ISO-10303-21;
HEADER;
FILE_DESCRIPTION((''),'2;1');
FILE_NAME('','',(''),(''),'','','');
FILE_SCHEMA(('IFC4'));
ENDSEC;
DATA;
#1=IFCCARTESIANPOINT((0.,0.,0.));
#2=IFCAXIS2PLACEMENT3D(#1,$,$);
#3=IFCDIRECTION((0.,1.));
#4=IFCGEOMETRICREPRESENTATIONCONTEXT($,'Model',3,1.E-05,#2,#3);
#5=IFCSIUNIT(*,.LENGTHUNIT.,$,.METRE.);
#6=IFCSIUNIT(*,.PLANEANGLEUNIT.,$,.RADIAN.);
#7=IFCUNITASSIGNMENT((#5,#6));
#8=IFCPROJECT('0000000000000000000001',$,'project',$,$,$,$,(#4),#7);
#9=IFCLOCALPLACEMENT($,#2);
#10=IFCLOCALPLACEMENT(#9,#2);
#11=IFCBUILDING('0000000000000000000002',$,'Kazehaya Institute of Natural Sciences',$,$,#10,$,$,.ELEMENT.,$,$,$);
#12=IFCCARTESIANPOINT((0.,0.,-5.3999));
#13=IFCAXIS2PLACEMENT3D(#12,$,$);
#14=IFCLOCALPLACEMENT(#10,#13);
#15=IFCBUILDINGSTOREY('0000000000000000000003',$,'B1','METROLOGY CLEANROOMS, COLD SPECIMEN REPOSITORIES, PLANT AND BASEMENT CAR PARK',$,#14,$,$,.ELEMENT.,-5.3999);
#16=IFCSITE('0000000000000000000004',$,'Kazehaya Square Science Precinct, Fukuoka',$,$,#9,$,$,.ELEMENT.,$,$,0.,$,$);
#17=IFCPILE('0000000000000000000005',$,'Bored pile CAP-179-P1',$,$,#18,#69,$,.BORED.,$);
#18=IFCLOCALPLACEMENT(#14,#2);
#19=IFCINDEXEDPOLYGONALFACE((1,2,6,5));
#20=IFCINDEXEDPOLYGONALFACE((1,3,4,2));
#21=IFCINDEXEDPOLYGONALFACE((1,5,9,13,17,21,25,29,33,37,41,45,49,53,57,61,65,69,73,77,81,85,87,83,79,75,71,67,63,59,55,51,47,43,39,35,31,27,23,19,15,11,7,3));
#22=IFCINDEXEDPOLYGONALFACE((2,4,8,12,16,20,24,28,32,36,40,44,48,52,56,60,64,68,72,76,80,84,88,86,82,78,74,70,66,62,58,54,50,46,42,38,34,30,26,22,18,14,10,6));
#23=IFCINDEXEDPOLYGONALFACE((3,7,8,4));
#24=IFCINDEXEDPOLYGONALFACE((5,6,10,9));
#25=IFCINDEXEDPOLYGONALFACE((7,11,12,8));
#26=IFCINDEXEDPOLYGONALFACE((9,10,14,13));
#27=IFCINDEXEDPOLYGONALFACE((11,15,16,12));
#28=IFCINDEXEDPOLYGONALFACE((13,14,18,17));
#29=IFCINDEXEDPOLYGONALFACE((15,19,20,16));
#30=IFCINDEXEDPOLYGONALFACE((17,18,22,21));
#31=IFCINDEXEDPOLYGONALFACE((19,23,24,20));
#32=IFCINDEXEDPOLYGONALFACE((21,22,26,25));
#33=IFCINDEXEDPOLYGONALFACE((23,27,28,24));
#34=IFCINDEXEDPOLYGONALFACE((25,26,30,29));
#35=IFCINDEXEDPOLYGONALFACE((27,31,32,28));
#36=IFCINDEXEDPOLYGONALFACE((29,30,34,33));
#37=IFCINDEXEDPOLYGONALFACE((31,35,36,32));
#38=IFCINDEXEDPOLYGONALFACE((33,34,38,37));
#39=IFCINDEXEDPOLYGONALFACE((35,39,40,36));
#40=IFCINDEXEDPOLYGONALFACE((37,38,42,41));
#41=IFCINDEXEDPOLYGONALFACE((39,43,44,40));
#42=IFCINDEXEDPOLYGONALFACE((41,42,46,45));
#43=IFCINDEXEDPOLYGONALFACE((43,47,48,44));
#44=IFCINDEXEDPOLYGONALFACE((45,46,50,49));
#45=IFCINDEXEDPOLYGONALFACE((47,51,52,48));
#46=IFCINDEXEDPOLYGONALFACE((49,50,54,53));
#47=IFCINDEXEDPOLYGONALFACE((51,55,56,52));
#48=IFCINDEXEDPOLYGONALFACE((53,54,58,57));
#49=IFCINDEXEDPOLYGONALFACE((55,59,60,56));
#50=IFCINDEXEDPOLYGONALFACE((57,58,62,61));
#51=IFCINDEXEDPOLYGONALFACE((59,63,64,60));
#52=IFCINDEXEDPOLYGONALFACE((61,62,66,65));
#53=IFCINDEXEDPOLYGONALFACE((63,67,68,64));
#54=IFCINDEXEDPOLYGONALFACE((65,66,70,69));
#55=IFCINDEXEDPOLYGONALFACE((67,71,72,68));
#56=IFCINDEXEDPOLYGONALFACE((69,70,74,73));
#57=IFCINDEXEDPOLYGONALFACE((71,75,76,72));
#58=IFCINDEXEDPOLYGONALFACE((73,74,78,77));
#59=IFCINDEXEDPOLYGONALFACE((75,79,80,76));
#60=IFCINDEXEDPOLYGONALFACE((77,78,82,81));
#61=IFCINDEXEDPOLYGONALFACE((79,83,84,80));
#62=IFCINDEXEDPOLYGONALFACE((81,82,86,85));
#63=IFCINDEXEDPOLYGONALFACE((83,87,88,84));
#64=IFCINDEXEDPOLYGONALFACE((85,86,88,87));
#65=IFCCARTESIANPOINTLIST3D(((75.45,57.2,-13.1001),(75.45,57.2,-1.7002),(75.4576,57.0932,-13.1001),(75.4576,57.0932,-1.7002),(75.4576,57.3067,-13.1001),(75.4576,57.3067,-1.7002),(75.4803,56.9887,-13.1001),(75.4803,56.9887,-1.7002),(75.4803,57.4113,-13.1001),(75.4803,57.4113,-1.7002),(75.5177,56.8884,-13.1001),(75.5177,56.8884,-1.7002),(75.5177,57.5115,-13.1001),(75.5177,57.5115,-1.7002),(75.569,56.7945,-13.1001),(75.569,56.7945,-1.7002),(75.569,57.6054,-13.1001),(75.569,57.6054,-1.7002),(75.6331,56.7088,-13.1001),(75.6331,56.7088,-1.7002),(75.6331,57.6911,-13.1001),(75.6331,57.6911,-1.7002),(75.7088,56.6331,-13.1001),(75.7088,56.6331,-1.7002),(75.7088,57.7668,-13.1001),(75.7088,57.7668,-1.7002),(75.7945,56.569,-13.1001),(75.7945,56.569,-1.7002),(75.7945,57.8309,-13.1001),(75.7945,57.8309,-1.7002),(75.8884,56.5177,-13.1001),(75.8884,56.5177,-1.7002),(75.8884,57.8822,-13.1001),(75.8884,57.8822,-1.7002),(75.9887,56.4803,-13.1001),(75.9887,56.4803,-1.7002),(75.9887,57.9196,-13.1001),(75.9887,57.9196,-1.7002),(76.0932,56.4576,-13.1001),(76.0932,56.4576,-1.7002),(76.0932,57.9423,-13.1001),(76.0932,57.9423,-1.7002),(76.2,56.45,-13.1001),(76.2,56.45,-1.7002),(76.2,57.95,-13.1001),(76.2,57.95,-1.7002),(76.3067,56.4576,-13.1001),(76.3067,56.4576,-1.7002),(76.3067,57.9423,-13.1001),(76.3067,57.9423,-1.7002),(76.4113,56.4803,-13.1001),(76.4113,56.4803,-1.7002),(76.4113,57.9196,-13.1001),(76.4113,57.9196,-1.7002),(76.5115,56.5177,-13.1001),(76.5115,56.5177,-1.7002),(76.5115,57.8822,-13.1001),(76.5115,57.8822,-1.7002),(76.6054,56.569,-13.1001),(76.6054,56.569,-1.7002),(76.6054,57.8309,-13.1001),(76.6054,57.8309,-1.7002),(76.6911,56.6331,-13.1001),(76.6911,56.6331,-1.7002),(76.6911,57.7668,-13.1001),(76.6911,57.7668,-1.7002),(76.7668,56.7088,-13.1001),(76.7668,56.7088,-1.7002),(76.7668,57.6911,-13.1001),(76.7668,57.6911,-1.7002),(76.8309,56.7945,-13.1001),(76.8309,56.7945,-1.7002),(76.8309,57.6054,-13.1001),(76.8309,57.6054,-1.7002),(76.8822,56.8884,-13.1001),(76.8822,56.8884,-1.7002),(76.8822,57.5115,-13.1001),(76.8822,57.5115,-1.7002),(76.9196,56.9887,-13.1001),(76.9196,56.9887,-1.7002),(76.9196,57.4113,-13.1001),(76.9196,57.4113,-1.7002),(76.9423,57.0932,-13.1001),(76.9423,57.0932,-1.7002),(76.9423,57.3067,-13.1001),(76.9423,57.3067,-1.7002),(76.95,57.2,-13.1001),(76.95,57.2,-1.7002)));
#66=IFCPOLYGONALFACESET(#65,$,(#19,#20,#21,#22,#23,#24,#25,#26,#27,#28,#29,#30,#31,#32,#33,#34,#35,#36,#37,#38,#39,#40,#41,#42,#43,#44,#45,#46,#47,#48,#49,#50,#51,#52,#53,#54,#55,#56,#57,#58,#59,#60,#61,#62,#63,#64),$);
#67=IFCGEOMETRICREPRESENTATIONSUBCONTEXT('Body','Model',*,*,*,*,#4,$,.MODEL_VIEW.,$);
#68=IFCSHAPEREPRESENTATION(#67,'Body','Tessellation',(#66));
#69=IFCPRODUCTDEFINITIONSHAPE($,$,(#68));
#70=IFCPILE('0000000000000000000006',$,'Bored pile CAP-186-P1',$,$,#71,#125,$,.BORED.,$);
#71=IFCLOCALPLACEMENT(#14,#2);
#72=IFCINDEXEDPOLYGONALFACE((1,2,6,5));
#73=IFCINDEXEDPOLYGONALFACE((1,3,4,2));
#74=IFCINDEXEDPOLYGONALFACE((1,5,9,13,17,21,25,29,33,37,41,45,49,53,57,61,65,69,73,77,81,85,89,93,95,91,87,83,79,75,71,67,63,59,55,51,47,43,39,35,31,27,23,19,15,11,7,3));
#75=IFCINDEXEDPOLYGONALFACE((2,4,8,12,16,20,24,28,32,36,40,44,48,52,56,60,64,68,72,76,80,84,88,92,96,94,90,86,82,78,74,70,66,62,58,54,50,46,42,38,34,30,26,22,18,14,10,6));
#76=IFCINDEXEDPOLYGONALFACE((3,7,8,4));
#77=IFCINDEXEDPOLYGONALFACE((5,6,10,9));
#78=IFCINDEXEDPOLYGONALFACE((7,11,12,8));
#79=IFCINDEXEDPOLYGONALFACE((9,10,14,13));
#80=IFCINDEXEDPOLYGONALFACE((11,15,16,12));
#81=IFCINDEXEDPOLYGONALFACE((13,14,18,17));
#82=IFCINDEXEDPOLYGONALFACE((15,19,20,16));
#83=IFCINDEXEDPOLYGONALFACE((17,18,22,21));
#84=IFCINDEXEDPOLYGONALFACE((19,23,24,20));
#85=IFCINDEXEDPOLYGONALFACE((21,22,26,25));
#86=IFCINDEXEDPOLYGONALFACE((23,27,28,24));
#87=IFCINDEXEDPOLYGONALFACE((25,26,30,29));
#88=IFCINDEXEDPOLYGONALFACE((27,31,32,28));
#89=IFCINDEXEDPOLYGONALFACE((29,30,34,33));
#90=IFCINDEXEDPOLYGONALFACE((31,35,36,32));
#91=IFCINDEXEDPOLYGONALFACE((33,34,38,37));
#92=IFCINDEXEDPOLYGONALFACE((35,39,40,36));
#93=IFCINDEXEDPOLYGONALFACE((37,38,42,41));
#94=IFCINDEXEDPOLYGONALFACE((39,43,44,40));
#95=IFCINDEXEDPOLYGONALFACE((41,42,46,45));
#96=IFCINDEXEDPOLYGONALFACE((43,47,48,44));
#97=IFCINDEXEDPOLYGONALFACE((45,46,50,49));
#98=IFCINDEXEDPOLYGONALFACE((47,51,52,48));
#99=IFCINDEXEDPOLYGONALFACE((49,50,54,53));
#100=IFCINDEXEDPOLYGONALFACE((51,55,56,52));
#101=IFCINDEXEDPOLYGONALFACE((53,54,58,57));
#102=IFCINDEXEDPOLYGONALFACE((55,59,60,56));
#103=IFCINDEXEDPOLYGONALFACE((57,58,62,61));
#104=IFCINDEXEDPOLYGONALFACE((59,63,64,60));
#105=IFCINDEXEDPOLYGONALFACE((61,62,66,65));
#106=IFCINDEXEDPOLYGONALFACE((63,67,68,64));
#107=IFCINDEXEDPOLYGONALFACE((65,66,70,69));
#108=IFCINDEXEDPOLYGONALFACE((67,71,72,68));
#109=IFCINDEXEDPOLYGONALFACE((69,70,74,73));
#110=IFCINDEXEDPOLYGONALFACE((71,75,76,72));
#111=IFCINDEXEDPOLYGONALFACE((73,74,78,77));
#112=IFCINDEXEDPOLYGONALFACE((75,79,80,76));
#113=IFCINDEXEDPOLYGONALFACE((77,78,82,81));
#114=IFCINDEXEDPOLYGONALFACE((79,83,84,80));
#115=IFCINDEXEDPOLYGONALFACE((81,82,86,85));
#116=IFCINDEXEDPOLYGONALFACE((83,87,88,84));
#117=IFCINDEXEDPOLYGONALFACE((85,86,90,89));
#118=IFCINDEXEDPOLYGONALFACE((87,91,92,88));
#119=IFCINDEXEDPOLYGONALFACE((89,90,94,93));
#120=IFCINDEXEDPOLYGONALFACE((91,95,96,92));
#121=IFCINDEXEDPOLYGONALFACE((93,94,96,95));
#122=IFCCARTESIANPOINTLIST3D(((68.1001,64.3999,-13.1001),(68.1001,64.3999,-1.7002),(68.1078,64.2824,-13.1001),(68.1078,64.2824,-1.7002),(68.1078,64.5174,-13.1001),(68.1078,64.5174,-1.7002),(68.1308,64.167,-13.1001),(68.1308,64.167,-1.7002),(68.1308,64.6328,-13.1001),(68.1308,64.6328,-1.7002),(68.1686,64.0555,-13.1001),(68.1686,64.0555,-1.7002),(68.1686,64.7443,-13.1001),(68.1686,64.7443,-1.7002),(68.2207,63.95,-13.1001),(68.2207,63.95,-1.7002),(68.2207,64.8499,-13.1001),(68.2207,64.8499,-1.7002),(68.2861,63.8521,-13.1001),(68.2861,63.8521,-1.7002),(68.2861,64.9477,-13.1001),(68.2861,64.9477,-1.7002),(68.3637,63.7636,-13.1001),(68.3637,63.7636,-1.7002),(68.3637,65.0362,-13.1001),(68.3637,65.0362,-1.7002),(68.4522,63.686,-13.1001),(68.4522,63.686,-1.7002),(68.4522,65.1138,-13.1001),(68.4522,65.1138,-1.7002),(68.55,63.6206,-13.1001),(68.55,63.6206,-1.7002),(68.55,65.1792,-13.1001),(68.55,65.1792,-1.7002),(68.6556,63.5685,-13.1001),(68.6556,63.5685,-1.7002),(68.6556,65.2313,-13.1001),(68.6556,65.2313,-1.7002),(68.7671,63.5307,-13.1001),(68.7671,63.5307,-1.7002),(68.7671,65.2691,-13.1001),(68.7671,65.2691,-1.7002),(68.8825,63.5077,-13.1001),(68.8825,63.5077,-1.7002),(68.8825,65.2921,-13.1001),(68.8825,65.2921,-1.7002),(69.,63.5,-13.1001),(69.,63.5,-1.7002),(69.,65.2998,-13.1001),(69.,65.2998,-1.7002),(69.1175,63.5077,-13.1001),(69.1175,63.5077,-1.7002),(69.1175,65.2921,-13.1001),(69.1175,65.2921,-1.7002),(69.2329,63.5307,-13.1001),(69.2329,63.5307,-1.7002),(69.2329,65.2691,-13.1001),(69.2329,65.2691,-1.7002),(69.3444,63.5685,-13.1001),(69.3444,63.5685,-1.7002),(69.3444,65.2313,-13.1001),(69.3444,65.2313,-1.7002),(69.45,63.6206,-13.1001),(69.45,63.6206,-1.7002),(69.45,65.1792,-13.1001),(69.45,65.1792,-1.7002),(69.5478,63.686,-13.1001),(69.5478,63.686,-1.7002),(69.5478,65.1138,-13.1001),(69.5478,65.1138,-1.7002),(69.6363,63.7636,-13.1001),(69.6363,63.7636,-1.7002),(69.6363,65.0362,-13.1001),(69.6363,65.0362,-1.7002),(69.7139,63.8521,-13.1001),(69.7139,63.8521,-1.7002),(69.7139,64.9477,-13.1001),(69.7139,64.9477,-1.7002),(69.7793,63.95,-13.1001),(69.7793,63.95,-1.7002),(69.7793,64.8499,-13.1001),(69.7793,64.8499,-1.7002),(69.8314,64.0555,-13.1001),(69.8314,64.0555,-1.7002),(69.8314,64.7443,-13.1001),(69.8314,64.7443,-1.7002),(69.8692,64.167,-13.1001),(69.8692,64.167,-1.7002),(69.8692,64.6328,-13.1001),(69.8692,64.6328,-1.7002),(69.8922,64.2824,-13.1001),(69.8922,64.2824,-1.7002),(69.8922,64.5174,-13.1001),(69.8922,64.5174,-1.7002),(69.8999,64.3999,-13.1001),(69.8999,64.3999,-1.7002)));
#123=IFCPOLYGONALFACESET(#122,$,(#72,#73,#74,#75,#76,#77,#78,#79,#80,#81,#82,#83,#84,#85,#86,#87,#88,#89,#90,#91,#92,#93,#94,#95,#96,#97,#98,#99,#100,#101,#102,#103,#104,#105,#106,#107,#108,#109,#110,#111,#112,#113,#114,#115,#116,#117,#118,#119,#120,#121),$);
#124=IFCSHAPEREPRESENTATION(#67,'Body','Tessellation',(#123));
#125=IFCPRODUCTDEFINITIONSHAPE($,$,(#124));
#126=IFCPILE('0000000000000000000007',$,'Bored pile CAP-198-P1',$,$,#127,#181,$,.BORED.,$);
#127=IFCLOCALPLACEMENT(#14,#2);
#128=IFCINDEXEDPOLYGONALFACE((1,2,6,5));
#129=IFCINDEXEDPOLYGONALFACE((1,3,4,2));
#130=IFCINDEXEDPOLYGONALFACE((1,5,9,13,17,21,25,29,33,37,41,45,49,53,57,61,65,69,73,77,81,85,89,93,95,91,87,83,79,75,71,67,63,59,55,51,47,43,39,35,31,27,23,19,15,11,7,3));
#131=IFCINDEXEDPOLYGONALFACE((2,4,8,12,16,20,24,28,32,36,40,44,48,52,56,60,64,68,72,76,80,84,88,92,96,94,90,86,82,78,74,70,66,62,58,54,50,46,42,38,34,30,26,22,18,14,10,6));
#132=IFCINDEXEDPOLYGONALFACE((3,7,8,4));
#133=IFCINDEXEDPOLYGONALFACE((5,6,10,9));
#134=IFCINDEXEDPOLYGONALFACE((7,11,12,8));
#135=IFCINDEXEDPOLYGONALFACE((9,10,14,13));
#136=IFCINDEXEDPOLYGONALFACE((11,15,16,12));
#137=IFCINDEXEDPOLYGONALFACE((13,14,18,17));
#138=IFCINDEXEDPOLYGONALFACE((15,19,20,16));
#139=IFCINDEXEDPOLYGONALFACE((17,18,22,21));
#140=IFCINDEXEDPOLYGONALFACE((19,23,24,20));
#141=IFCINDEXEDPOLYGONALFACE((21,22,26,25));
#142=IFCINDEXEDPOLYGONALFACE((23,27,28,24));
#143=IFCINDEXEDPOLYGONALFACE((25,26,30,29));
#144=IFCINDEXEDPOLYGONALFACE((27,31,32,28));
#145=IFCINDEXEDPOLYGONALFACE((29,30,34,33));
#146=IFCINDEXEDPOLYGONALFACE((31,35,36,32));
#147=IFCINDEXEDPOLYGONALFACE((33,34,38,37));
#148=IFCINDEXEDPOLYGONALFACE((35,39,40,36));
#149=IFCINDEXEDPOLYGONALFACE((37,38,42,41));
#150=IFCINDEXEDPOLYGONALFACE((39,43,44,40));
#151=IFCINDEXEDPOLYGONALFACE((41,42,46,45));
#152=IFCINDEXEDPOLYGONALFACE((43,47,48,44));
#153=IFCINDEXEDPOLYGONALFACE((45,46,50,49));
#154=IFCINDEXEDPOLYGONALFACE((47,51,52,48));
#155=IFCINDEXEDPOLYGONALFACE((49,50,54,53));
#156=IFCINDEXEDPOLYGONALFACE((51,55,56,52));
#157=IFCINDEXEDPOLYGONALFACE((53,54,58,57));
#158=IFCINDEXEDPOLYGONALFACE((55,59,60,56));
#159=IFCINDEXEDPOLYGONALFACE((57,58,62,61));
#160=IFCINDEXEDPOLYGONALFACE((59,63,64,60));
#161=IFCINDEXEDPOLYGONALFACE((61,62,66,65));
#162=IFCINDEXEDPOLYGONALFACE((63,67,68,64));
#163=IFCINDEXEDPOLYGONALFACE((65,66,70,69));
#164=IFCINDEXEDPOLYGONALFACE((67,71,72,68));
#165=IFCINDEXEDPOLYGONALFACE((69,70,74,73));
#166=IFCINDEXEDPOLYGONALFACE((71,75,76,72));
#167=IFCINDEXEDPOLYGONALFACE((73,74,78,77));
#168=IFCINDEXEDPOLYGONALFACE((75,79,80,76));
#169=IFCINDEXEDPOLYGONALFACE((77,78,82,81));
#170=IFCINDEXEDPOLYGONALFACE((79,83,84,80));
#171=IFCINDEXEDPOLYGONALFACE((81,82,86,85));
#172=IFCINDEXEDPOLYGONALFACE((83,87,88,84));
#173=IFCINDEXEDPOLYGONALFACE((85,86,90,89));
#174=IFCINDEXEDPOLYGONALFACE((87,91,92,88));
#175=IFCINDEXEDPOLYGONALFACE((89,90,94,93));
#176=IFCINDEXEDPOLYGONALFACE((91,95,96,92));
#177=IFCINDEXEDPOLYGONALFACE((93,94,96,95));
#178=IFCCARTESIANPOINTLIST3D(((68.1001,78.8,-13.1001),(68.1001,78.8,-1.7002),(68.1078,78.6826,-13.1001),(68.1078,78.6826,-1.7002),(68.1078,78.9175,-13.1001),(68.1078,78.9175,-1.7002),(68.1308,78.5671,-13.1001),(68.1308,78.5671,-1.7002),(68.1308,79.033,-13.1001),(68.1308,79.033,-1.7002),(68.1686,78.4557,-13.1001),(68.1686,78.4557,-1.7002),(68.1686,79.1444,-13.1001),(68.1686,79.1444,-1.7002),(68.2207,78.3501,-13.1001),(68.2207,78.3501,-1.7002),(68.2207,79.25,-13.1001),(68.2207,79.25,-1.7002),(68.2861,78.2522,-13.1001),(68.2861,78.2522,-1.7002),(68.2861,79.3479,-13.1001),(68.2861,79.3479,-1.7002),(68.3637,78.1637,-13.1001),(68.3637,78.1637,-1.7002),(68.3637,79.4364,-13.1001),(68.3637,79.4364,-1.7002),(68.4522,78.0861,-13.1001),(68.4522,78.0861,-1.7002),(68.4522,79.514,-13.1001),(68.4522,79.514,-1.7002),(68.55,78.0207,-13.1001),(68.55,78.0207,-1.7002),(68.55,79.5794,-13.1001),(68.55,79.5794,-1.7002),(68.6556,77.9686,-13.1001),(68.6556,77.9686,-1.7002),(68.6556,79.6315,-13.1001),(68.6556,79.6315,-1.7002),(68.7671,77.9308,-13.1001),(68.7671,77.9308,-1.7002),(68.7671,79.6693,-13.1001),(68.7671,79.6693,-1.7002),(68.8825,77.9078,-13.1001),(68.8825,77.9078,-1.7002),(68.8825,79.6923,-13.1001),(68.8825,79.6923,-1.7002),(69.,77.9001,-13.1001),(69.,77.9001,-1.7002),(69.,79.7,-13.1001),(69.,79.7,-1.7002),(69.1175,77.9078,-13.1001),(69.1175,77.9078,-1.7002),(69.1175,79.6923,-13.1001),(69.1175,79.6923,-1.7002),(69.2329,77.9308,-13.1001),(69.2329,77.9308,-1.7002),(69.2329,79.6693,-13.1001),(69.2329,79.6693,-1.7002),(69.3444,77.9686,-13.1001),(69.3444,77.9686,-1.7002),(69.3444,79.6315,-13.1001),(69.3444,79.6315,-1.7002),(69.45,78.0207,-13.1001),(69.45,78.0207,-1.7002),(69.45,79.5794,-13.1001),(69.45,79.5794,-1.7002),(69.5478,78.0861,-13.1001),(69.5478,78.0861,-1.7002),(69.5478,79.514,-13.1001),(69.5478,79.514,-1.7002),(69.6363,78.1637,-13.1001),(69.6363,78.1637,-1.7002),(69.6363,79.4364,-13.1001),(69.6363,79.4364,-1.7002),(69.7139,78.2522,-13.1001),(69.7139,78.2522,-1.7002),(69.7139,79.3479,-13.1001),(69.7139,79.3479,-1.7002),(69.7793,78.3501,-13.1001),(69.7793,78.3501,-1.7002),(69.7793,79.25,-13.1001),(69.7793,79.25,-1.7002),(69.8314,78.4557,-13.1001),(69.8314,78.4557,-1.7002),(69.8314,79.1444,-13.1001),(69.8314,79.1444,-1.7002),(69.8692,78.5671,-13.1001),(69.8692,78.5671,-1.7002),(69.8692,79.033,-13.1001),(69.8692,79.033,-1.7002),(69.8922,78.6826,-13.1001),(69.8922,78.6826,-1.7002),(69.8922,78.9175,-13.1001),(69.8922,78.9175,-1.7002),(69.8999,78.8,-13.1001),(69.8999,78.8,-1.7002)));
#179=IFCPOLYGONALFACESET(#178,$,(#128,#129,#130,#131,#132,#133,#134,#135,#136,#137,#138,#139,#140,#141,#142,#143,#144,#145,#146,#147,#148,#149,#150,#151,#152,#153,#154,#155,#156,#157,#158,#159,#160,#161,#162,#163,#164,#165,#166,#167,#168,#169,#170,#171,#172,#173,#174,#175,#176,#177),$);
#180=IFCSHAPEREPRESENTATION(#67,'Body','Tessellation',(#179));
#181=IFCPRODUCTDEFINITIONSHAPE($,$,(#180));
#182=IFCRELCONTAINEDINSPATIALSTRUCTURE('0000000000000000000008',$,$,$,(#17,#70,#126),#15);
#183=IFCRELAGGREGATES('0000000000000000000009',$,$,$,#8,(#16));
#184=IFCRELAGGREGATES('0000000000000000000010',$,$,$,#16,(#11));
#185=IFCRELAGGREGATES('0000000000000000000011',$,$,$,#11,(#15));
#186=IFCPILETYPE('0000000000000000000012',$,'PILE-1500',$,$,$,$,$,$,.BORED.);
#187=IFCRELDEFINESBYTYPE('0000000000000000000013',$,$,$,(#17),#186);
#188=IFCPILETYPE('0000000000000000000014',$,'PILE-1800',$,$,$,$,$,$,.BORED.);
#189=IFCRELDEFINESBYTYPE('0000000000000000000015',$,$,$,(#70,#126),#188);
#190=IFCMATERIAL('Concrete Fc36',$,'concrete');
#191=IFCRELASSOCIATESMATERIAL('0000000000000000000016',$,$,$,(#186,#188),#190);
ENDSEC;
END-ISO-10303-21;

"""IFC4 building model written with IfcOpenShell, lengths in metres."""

from ifc_helpers import new_model, si_unit, direction, frame, origin, origin_2d, place, context, subcontext, project, spatial, circle, extrude, material, material_profile, profile_set, type_object, element, save


model = new_model("IFC4")

# Units and contexts
model_context = context("Model", 3, precision=1e-05, world=origin(), true_north=direction((0.0, 1.0)))
body_context = subcontext(model_context, "Body", "Model", "MODEL_VIEW")
ifc_project = project(units=[si_unit("LENGTHUNIT", "METRE"), si_unit("PLANEANGLEUNIT", "RADIAN")], contexts=[model_context])

# Site, building, storey
site_placement = place(None, origin())
site = spatial("IfcSite", under=ifc_project, at=site_placement, Name="Kazehaya Square Science Precinct, Fukuoka", CompositionType="ELEMENT", RefElevation=0.0)
building_placement = place(site_placement, origin())
building = spatial("IfcBuilding", under=site, at=building_placement, Name="Kazehaya Institute of Natural Sciences", CompositionType="ELEMENT")
storey_placement = place(building_placement, frame((0.0, 0.0, -5.3999)))
storey = spatial("IfcBuildingStorey", under=building, at=storey_placement, Name="B1", Description="METROLOGY CLEANROOMS, COLD SPECIMEN REPOSITORIES, PLANT AND BASEMENT CAR PARK", CompositionType="ELEMENT", Elevation=-5.3999)

# Shared definitions
ifc_material_1 = material(Name="Concrete Fc36", Category="concrete")

# Piles
ifc_material_profile_1 = material_profile(ifc_material_1, circle(Radius=0.75, at=origin_2d()), Name="PILE-1500")
ifc_profile_set_1 = profile_set([ifc_material_profile_1], Name="Concrete Fc36")
pile_type_1 = type_object("IfcPileType", Name="PILE-1500", PredefinedType="BORED", material=ifc_profile_set_1)
pile_placement = place(storey_placement, frame((76.2, 57.2, -1.7002), z_axis=(0.0, 0.0, -1.0), x_axis=(1.0, 0.0, 0.0)))
element("IfcPile", 1, at=pile_placement, inside=storey, type_object=pile_type_1, Name="Bored pile CAP-179-P1", PredefinedType="BORED", context=body_context, shape_type="SweptSolid", body=[
    extrude(circle(Radius=0.75, at=origin_2d()), origin(), (0.0, 0.0, 1.0), 11.3999),
])
ifc_material_profile_2 = material_profile(ifc_material_1, circle(Radius=0.8999, at=origin_2d()), Name="PILE-1800")
ifc_profile_set_2 = profile_set([ifc_material_profile_2], Name="Concrete Fc36")
pile_type_2 = type_object("IfcPileType", Name="PILE-1800", PredefinedType="BORED", material=ifc_profile_set_2)
for number, where, z_axis, x_axis, name in (
    (2, (69.0, 64.3999, -1.7002), (0.0, 0.0, -1.0), (1.0, 0.0, 0.0), "Bored pile CAP-186-P1"),
    (3, (69.0, 78.8, -1.7002), (0.0, 0.0, -1.0), (1.0, 0.0, 0.0), "Bored pile CAP-198-P1"),
):
    element("IfcPile", number, at=place(storey_placement, frame(where, z_axis=z_axis, x_axis=x_axis)), inside=storey, type_object=pile_type_2, Name=name, PredefinedType="BORED", context=body_context, shape_type="SweptSolid", body=[
        extrude(circle(Radius=0.8999, at=origin_2d()), origin(), (0.0, 0.0, 1.0), 11.3999),
    ])

save(model, "model.ifc")
